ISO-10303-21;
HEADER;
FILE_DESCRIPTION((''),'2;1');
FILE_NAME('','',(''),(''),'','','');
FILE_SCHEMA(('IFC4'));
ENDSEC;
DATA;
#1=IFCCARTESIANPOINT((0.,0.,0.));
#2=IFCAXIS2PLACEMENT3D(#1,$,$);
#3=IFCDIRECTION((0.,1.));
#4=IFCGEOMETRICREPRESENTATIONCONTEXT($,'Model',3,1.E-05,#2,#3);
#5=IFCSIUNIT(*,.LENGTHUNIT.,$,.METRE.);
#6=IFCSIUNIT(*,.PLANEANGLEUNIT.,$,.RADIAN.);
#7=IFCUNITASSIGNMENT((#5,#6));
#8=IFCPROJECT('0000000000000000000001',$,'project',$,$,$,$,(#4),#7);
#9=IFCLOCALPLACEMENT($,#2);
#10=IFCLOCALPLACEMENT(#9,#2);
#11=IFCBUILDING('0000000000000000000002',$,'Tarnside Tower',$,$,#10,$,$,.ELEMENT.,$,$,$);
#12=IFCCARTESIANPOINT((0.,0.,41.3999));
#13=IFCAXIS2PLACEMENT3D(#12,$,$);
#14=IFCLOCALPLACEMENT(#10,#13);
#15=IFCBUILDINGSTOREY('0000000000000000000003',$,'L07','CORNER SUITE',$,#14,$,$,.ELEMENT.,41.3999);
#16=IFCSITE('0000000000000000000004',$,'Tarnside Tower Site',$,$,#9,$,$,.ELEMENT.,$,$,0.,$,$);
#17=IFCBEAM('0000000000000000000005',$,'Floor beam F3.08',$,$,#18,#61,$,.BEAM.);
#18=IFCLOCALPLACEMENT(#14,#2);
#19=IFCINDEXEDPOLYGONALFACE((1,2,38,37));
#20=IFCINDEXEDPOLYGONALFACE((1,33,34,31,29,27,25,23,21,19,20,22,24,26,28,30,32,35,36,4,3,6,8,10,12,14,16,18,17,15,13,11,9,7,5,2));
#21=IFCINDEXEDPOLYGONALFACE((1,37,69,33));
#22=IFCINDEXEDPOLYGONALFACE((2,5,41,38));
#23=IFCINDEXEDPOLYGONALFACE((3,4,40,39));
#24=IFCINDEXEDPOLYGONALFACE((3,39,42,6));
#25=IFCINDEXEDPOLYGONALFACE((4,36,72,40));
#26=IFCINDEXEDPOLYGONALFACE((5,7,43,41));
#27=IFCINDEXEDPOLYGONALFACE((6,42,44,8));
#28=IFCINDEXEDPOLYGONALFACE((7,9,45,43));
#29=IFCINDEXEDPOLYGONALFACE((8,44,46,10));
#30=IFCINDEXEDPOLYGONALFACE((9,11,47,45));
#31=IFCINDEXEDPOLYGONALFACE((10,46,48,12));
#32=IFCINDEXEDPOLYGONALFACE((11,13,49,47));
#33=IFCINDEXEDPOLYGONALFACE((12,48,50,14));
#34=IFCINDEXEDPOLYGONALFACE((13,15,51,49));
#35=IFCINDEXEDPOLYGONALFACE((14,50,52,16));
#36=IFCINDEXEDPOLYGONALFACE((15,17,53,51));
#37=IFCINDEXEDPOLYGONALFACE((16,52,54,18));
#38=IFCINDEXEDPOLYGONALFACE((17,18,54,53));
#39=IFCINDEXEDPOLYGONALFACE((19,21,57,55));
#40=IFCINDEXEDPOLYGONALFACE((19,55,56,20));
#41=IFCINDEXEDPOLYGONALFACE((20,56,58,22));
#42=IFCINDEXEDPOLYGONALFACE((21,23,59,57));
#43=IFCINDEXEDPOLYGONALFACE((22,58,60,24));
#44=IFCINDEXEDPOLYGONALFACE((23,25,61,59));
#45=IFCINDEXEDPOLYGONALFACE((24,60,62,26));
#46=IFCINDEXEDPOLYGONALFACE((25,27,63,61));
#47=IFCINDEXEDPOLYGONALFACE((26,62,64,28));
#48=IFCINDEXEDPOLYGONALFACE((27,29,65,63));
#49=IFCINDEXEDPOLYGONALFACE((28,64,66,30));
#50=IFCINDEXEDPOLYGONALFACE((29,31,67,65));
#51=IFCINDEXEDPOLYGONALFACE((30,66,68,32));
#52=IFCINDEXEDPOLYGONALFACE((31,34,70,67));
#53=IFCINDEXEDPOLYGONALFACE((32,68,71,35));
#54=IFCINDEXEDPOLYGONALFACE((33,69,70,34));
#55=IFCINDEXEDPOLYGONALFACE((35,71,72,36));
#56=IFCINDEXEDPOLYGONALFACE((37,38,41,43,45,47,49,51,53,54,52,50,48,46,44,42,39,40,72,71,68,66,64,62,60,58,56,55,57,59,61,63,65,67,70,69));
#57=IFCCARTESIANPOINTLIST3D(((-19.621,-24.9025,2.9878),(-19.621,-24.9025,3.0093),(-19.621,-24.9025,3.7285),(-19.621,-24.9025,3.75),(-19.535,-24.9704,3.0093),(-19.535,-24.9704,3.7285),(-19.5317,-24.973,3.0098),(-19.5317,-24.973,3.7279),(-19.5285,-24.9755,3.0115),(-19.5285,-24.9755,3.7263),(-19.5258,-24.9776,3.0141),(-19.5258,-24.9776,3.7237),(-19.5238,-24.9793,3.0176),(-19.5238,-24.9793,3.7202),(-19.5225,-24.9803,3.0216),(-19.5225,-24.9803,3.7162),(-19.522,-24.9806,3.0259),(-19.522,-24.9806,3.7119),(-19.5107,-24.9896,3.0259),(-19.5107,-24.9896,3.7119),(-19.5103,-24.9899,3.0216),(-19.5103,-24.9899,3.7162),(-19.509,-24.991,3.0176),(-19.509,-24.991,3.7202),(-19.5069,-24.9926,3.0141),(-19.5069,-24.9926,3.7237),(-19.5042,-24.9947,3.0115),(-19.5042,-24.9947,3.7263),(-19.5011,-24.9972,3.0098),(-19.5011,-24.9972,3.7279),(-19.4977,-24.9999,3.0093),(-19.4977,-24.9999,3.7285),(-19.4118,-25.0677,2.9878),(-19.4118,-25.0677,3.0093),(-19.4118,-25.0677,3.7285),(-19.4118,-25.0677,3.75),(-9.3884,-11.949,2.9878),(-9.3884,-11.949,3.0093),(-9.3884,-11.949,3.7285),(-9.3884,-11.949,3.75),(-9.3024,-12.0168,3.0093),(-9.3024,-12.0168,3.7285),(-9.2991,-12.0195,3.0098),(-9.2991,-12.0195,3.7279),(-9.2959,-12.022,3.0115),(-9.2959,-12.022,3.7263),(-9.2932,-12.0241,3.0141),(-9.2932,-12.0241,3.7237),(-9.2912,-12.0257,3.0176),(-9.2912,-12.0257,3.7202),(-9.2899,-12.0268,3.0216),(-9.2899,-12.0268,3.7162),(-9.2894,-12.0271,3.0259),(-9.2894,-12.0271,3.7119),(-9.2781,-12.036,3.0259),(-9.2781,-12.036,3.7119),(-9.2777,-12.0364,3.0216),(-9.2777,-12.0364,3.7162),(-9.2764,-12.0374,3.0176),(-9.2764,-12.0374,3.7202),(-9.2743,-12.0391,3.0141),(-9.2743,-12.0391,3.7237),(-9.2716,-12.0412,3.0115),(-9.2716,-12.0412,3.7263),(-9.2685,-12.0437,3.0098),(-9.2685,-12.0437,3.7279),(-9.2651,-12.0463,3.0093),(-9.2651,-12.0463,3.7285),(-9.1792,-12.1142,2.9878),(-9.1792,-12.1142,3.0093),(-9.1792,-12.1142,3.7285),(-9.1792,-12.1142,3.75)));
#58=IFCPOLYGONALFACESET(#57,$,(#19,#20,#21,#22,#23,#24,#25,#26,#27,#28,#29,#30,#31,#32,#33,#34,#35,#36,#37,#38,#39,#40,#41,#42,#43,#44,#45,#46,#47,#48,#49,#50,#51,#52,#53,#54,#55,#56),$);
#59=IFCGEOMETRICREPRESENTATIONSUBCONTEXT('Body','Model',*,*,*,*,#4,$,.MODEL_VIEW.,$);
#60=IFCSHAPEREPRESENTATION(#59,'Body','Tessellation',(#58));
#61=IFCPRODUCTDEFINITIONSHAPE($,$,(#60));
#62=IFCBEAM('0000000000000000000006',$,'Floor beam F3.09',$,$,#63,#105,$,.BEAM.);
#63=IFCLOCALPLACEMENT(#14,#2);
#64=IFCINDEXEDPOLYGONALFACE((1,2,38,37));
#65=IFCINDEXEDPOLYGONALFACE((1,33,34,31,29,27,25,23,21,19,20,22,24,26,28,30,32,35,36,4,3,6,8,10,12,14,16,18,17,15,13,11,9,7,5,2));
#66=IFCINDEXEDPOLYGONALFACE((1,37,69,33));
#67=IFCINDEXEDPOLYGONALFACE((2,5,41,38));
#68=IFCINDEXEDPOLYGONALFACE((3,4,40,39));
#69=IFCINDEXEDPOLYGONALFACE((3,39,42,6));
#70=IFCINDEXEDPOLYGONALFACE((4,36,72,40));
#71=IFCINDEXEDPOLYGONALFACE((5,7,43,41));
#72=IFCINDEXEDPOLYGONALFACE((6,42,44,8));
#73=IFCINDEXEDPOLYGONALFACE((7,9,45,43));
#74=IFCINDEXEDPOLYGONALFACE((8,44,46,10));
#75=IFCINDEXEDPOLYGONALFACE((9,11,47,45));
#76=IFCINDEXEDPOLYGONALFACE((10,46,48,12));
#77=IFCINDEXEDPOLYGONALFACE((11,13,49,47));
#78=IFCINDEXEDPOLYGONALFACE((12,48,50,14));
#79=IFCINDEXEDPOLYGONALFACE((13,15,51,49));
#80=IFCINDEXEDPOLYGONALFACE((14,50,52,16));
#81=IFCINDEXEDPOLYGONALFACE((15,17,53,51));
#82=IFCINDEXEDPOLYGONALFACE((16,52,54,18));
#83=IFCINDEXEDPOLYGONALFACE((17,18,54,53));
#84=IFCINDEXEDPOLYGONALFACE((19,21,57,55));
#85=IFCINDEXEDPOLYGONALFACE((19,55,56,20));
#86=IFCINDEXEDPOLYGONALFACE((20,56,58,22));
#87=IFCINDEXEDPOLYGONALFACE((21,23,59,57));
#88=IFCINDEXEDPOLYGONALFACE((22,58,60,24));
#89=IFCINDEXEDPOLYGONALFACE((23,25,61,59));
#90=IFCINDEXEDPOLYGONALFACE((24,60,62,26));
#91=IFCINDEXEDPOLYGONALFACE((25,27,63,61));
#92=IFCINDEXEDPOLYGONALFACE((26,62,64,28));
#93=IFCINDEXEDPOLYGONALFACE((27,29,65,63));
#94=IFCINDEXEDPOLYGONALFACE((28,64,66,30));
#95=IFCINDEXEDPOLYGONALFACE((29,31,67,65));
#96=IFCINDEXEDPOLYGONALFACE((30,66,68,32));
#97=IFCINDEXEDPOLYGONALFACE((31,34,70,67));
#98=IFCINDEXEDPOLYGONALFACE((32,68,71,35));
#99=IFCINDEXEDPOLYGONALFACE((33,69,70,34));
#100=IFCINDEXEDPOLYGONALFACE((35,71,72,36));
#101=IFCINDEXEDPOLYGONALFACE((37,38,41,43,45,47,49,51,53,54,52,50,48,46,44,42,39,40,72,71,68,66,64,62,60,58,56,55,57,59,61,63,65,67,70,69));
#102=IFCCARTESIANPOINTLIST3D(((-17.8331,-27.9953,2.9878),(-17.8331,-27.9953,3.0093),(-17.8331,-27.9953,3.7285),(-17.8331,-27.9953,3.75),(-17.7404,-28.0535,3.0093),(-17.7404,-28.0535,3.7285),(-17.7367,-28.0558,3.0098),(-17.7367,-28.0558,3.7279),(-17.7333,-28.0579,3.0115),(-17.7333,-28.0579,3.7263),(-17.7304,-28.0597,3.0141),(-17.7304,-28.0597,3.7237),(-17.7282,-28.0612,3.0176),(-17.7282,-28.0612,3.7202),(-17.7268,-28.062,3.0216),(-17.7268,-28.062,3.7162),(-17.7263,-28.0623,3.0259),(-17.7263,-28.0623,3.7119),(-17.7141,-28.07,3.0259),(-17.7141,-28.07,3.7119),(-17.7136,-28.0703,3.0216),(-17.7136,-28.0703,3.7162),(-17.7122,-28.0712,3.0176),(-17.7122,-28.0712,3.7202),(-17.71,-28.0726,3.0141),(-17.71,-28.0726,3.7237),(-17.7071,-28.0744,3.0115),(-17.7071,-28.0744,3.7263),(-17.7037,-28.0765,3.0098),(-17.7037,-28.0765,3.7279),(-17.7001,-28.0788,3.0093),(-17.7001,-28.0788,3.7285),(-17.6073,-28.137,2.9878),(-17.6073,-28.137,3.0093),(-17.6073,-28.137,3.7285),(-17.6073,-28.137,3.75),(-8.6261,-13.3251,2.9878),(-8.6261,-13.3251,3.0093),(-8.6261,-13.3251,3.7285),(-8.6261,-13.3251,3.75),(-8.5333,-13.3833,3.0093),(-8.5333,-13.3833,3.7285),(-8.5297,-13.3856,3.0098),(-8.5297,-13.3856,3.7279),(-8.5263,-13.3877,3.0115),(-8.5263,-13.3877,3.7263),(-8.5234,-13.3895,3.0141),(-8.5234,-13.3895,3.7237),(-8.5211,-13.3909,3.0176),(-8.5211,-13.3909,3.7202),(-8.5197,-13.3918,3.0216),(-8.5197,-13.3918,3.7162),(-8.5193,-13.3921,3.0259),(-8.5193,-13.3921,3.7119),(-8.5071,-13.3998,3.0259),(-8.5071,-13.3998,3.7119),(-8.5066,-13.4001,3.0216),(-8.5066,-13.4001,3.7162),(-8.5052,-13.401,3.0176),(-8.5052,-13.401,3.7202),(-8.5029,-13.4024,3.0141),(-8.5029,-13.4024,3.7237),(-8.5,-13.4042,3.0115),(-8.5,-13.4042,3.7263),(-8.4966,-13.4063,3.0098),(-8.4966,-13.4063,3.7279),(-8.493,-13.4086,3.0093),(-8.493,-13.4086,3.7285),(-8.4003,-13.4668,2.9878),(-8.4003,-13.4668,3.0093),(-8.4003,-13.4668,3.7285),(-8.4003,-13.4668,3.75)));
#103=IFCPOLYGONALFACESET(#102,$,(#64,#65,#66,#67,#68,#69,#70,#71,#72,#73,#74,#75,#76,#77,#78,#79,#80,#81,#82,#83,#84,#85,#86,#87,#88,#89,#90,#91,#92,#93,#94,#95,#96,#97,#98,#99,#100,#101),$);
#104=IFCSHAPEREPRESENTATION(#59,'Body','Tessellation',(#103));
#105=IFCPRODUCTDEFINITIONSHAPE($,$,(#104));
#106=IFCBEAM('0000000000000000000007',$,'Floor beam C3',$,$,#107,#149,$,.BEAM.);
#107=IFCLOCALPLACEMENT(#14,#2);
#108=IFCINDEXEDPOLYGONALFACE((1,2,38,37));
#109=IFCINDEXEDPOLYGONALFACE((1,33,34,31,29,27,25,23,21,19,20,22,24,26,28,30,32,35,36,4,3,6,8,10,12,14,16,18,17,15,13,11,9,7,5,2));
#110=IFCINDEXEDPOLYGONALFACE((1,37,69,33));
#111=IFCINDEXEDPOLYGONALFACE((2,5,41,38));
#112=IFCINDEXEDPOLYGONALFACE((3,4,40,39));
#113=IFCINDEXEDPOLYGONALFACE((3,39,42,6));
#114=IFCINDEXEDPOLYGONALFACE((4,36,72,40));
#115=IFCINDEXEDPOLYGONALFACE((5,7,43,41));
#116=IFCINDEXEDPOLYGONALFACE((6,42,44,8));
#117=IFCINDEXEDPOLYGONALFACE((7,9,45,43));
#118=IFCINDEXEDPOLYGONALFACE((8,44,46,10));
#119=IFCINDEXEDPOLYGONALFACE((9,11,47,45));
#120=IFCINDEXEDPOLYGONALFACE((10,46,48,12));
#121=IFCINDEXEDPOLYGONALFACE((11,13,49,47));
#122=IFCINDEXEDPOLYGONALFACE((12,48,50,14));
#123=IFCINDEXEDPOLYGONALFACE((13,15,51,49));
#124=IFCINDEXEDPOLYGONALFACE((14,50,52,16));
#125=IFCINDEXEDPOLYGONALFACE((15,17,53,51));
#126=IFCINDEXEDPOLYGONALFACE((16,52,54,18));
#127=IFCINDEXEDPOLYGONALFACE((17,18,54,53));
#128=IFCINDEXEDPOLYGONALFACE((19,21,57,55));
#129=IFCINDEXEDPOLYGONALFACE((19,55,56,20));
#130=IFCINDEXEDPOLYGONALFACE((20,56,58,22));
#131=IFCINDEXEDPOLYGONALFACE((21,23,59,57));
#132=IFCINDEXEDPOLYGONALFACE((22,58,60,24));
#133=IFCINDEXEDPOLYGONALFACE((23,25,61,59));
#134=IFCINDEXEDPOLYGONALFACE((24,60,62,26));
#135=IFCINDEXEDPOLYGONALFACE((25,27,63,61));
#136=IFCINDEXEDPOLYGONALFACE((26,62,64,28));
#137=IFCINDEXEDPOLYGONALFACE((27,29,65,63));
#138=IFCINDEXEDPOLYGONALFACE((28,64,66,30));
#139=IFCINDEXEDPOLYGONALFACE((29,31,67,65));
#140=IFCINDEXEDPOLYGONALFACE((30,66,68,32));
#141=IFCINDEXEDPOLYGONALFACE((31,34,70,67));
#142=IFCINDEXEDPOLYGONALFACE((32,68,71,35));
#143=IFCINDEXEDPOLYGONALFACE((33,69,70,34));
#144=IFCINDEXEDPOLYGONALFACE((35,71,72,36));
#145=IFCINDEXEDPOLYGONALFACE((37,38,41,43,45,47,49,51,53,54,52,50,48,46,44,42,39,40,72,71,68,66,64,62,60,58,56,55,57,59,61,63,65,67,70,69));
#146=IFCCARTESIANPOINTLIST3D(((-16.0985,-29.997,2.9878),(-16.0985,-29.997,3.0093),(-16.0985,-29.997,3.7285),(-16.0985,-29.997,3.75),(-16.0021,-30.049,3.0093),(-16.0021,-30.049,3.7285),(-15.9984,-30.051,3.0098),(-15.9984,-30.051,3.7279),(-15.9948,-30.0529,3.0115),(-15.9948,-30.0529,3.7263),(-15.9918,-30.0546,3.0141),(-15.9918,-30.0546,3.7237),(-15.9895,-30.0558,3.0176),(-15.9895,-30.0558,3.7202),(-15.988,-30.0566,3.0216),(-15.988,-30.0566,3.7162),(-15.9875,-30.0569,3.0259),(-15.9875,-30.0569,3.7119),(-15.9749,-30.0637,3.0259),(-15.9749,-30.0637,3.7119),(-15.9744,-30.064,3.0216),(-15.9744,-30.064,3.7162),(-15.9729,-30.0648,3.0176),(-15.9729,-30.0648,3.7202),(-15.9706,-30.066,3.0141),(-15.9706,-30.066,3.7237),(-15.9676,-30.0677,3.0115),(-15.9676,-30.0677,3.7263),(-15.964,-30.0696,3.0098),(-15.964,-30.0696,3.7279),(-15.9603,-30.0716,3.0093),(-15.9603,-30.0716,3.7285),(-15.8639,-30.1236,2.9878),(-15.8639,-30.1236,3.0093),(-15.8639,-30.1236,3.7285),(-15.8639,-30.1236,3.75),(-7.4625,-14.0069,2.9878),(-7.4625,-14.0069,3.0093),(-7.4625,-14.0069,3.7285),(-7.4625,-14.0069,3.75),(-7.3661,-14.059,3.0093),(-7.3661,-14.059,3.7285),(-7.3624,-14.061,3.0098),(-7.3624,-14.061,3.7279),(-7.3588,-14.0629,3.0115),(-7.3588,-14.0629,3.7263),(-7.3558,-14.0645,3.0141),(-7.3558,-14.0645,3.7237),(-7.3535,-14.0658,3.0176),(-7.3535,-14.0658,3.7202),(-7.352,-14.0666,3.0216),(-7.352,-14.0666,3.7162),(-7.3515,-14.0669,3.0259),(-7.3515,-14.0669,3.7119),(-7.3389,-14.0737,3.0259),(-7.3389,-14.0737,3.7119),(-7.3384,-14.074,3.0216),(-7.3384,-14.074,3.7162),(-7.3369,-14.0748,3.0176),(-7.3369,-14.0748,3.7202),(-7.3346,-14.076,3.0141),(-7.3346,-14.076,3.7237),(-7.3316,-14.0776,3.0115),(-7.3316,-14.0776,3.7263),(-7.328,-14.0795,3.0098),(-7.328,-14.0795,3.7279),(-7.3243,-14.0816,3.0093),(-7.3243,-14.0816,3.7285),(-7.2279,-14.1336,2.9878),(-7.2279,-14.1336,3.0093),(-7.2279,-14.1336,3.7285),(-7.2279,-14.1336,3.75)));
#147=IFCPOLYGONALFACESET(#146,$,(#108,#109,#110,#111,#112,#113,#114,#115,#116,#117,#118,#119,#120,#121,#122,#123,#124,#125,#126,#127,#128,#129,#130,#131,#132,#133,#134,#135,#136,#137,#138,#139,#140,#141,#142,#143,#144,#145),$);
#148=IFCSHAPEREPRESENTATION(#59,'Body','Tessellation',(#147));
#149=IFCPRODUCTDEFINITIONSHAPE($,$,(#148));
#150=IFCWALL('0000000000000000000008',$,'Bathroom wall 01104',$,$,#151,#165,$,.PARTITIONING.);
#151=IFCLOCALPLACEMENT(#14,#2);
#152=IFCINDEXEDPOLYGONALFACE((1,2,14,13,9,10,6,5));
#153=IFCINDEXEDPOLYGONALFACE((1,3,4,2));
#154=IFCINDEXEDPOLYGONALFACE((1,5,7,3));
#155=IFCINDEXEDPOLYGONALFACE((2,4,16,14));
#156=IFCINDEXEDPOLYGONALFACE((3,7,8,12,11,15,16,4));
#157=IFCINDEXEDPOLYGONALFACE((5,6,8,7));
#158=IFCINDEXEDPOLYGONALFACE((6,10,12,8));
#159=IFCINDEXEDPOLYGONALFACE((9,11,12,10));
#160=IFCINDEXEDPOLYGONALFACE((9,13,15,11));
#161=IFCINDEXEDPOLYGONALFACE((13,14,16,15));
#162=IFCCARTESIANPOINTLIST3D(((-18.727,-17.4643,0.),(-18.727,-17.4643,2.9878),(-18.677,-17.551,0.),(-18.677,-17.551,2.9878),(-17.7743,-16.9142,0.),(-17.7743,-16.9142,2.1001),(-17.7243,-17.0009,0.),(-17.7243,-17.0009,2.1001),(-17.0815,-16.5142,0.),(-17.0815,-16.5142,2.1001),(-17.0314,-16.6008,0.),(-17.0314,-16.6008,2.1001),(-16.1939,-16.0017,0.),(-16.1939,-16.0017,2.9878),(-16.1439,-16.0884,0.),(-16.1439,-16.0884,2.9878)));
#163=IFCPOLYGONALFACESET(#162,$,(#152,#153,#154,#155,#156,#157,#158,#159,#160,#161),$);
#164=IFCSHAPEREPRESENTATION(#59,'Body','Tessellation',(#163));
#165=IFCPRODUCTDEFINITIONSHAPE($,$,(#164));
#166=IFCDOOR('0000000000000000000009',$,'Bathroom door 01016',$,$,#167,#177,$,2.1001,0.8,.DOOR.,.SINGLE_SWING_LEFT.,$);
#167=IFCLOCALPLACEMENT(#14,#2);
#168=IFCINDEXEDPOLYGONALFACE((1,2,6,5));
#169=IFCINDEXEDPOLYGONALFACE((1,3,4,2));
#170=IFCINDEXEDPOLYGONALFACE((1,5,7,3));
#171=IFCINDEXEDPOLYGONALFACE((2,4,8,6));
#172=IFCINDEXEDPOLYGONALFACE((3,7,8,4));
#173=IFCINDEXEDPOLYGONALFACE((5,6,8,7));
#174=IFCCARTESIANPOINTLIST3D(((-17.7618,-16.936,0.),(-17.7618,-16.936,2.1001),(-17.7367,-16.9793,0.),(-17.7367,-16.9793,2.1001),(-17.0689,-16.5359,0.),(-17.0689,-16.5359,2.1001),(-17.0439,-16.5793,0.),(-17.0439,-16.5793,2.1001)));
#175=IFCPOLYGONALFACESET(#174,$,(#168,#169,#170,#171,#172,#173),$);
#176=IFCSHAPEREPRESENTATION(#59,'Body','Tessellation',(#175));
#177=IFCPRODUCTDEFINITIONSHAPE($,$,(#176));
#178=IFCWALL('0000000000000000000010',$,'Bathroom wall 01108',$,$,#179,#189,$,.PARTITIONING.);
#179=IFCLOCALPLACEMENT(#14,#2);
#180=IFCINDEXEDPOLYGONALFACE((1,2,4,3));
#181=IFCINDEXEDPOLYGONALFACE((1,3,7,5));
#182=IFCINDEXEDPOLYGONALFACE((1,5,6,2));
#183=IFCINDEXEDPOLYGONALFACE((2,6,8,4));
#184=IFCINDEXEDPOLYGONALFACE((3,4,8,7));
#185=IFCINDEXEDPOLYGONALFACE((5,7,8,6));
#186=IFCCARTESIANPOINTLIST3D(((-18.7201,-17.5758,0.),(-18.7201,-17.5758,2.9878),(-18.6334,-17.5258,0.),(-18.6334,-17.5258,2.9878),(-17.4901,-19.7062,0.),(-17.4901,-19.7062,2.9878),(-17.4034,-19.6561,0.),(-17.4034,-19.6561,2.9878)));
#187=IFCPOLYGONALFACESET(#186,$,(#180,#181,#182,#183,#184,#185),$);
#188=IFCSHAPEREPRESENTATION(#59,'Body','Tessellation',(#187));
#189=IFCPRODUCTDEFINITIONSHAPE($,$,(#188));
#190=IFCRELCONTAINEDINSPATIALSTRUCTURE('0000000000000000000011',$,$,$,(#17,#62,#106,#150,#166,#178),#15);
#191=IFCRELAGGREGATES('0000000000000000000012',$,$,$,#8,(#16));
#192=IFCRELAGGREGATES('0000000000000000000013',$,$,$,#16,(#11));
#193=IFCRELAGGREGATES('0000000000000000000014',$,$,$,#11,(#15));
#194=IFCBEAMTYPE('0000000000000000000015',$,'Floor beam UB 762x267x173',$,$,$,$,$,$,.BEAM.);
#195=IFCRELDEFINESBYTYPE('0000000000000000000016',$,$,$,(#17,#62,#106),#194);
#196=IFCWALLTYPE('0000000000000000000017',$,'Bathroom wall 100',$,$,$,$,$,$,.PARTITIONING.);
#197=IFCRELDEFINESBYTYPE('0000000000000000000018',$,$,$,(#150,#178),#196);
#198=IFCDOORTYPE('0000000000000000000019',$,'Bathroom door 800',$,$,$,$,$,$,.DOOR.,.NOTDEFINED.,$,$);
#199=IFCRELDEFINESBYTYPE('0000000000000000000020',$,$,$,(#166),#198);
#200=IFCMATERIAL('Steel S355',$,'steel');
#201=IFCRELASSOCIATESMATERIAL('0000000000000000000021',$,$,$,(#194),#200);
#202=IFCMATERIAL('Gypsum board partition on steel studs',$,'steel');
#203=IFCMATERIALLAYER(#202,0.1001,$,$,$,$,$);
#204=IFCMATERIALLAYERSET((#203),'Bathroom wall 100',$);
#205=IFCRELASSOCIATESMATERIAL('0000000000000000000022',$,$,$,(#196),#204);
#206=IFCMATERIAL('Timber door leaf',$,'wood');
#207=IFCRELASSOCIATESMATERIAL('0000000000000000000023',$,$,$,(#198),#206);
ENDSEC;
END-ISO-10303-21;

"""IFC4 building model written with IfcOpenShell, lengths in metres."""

from ifc_helpers import new_model, si_unit, direction, frame, frame_2d, origin, origin_2d, place, context, subcontext, project, spatial, rectangle, i_section, extrude, material, layer, layer_set, material_profile, profile_set, type_object, element, fill, save


model = new_model("IFC4")

# Units and contexts
model_context = context("Model", 3, precision=1e-05, world=origin(), true_north=direction((0.0, 1.0)))
body_context = subcontext(model_context, "Body", "Model", "MODEL_VIEW")
ifc_project = project(units=[si_unit("LENGTHUNIT", "METRE"), si_unit("PLANEANGLEUNIT", "RADIAN")], contexts=[model_context])

# Site, building, storey
site_placement = place(None, origin())
site = spatial("IfcSite", under=ifc_project, at=site_placement, Name="Tarnside Tower Site", CompositionType="ELEMENT", RefElevation=0.0)
building_placement = place(site_placement, origin())
building = spatial("IfcBuilding", under=site, at=building_placement, Name="Tarnside Tower", CompositionType="ELEMENT")
storey_placement = place(building_placement, frame((0.0, 0.0, 41.3999)))
storey = spatial("IfcBuildingStorey", under=building, at=storey_placement, Name="L07", Description="CORNER SUITE", CompositionType="ELEMENT", Elevation=41.3999)

# Beams
ifc_material_1 = material(Name="Steel S355", Category="steel")
ifc_material_profile_1 = material_profile(ifc_material_1, i_section(OverallWidth=0.2666, OverallDepth=0.7622, WebThickness=0.0144, FlangeThickness=0.0215, FilletRadius=0.0166, at=origin_2d()), Name="UB 762x267x173")
ifc_profile_set_1 = profile_set([ifc_material_profile_1], Name="Steel S355")
beam_type_1 = type_object("IfcBeamType", Name="Floor beam UB 762x267x173", PredefinedType="BEAM", material=ifc_profile_set_1)
beam_1_placement = place(storey_placement, frame((-19.5164, -24.9851, 3.3689), z_axis=(0.619873, 0.784702, 0.0), x_axis=(-0.784702, 0.619873, 0.0)))
element("IfcBeam", 1, at=beam_1_placement, inside=storey, type_object=beam_type_1, Name="Floor beam F3.08", PredefinedType="BEAM", context=body_context, shape_type="SweptSolid", body=[
    extrude(i_section(OverallWidth=0.2666, OverallDepth=0.7622, WebThickness=0.0144, FlangeThickness=0.0215, FilletRadius=0.0166, at=origin_2d()), origin(), (0.0, 0.0, 1.0), 16.5076),
])
beam_2_placement = place(storey_placement, frame((-17.7202, -28.0662, 3.3689), z_axis=(0.531583, 0.847006, 0.0), x_axis=(-0.847006, 0.531583, 0.0)))
element("IfcBeam", 2, at=beam_2_placement, inside=storey, type_object=beam_type_1, Name="Floor beam F3.09", PredefinedType="BEAM", context=body_context, shape_type="SweptSolid", body=[
    extrude(i_section(OverallWidth=0.2666, OverallDepth=0.7622, WebThickness=0.0144, FlangeThickness=0.0215, FilletRadius=0.0166, at=origin_2d()), origin(), (0.0, 0.0, 1.0), 17.3201),
])
beam_3_placement = place(storey_placement, frame((-15.9812, -30.0603, 3.3689), z_axis=(0.475208, 0.879873, 0.0), x_axis=(-0.879873, 0.475208, 0.0)))
element("IfcBeam", 3, at=beam_3_placement, inside=storey, type_object=beam_type_1, Name="Floor beam C3", PredefinedType="BEAM", context=body_context, shape_type="SweptSolid", body=[
    extrude(i_section(OverallWidth=0.2666, OverallDepth=0.7622, WebThickness=0.0144, FlangeThickness=0.0215, FilletRadius=0.0166, at=origin_2d()), origin(), (0.0, 0.0, 1.0), 18.1731),
])

# Wall, opening, door
ifc_material_2 = material(Name="Gypsum board partition on steel studs", Category="steel")
ifc_layer_1 = layer(ifc_material_2, 0.1001)
ifc_layer_set_1 = layer_set([ifc_layer_1], Name="Bathroom wall 100")
wall_type_1 = type_object("IfcWallType", Name="Bathroom wall 100", PredefinedType="PARTITIONING", material=ifc_layer_set_1)
wall_1_placement = place(storey_placement, frame((-18.7019, -17.5076, 0.0), z_axis=(0.0, 0.0, 1.0), x_axis=(0.86601, 0.500026, 0.0)))
wall_1 = element("IfcWall", 4, at=wall_1_placement, inside=storey, type_object=wall_type_1, Name="Bathroom wall 01104", PredefinedType="PARTITIONING", context=body_context, shape_type="SweptSolid", body=[
    extrude(rectangle(XDim=2.925, YDim=0.1001, at=frame_2d((1.4624, 0.0))), origin(), (0.0, 0.0, 1.0), 2.9878),
])
opening_1_placement = place(wall_1_placement, frame((1.1001, 0.0, 0.0)))
opening_1 = element("IfcOpeningElement", 5, at=opening_1_placement, cuts=wall_1, PredefinedType="OPENING", context=body_context, shape_type="SweptSolid", body=[
    extrude(rectangle(XDim=0.8, YDim=2.1001, at=frame_2d((0.3999, 1.05))), frame((0.0, 0.0601, 0.0), z_axis=(0.0, -1.0, 0.0), x_axis=(1.0, 0.0, 0.0)), (0.0, 0.0, 1.0), 0.1201),
])
ifc_material_3 = material(Name="Timber door leaf", Category="wood")
door_type_1 = type_object("IfcDoorType", Name="Bathroom door 800", OperationType="NOTDEFINED", PredefinedType="DOOR", material=ifc_material_3)
door_1_placement = place(opening_1_placement, origin())
door_1 = element("IfcDoor", 6, at=door_1_placement, inside=storey, type_object=door_type_1, Name="Bathroom door 01016", OperationType="SINGLE_SWING_LEFT", OverallHeight=2.1001, OverallWidth=0.8, PredefinedType="DOOR", context=body_context, shape_type="SweptSolid", body=[
    extrude(rectangle(XDim=0.8, YDim=2.1001, at=frame_2d((0.3999, 1.05))), frame((0.0, 0.0249, 0.0), z_axis=(0.0, -1.0, 0.0), x_axis=(1.0, 0.0, 0.0)), (0.0, 0.0, 1.0), 0.05),
])
fill(opening_1, door_1)

# Wall
wall_2_placement = place(storey_placement, frame((-18.6768, -17.5508, 0.0), z_axis=(0.0, 0.0, 1.0), x_axis=(0.500003, -0.866024, 0.0)))
element("IfcWall", 7, at=wall_2_placement, inside=storey, type_object=wall_type_1, Name="Bathroom wall 01108", PredefinedType="PARTITIONING", context=body_context, shape_type="SweptSolid", body=[
    extrude(rectangle(XDim=2.46, YDim=0.1001, at=frame_2d((1.23, 0.0))), origin(), (0.0, 0.0, 1.0), 2.9878),
])

save(model, "model.ifc")
